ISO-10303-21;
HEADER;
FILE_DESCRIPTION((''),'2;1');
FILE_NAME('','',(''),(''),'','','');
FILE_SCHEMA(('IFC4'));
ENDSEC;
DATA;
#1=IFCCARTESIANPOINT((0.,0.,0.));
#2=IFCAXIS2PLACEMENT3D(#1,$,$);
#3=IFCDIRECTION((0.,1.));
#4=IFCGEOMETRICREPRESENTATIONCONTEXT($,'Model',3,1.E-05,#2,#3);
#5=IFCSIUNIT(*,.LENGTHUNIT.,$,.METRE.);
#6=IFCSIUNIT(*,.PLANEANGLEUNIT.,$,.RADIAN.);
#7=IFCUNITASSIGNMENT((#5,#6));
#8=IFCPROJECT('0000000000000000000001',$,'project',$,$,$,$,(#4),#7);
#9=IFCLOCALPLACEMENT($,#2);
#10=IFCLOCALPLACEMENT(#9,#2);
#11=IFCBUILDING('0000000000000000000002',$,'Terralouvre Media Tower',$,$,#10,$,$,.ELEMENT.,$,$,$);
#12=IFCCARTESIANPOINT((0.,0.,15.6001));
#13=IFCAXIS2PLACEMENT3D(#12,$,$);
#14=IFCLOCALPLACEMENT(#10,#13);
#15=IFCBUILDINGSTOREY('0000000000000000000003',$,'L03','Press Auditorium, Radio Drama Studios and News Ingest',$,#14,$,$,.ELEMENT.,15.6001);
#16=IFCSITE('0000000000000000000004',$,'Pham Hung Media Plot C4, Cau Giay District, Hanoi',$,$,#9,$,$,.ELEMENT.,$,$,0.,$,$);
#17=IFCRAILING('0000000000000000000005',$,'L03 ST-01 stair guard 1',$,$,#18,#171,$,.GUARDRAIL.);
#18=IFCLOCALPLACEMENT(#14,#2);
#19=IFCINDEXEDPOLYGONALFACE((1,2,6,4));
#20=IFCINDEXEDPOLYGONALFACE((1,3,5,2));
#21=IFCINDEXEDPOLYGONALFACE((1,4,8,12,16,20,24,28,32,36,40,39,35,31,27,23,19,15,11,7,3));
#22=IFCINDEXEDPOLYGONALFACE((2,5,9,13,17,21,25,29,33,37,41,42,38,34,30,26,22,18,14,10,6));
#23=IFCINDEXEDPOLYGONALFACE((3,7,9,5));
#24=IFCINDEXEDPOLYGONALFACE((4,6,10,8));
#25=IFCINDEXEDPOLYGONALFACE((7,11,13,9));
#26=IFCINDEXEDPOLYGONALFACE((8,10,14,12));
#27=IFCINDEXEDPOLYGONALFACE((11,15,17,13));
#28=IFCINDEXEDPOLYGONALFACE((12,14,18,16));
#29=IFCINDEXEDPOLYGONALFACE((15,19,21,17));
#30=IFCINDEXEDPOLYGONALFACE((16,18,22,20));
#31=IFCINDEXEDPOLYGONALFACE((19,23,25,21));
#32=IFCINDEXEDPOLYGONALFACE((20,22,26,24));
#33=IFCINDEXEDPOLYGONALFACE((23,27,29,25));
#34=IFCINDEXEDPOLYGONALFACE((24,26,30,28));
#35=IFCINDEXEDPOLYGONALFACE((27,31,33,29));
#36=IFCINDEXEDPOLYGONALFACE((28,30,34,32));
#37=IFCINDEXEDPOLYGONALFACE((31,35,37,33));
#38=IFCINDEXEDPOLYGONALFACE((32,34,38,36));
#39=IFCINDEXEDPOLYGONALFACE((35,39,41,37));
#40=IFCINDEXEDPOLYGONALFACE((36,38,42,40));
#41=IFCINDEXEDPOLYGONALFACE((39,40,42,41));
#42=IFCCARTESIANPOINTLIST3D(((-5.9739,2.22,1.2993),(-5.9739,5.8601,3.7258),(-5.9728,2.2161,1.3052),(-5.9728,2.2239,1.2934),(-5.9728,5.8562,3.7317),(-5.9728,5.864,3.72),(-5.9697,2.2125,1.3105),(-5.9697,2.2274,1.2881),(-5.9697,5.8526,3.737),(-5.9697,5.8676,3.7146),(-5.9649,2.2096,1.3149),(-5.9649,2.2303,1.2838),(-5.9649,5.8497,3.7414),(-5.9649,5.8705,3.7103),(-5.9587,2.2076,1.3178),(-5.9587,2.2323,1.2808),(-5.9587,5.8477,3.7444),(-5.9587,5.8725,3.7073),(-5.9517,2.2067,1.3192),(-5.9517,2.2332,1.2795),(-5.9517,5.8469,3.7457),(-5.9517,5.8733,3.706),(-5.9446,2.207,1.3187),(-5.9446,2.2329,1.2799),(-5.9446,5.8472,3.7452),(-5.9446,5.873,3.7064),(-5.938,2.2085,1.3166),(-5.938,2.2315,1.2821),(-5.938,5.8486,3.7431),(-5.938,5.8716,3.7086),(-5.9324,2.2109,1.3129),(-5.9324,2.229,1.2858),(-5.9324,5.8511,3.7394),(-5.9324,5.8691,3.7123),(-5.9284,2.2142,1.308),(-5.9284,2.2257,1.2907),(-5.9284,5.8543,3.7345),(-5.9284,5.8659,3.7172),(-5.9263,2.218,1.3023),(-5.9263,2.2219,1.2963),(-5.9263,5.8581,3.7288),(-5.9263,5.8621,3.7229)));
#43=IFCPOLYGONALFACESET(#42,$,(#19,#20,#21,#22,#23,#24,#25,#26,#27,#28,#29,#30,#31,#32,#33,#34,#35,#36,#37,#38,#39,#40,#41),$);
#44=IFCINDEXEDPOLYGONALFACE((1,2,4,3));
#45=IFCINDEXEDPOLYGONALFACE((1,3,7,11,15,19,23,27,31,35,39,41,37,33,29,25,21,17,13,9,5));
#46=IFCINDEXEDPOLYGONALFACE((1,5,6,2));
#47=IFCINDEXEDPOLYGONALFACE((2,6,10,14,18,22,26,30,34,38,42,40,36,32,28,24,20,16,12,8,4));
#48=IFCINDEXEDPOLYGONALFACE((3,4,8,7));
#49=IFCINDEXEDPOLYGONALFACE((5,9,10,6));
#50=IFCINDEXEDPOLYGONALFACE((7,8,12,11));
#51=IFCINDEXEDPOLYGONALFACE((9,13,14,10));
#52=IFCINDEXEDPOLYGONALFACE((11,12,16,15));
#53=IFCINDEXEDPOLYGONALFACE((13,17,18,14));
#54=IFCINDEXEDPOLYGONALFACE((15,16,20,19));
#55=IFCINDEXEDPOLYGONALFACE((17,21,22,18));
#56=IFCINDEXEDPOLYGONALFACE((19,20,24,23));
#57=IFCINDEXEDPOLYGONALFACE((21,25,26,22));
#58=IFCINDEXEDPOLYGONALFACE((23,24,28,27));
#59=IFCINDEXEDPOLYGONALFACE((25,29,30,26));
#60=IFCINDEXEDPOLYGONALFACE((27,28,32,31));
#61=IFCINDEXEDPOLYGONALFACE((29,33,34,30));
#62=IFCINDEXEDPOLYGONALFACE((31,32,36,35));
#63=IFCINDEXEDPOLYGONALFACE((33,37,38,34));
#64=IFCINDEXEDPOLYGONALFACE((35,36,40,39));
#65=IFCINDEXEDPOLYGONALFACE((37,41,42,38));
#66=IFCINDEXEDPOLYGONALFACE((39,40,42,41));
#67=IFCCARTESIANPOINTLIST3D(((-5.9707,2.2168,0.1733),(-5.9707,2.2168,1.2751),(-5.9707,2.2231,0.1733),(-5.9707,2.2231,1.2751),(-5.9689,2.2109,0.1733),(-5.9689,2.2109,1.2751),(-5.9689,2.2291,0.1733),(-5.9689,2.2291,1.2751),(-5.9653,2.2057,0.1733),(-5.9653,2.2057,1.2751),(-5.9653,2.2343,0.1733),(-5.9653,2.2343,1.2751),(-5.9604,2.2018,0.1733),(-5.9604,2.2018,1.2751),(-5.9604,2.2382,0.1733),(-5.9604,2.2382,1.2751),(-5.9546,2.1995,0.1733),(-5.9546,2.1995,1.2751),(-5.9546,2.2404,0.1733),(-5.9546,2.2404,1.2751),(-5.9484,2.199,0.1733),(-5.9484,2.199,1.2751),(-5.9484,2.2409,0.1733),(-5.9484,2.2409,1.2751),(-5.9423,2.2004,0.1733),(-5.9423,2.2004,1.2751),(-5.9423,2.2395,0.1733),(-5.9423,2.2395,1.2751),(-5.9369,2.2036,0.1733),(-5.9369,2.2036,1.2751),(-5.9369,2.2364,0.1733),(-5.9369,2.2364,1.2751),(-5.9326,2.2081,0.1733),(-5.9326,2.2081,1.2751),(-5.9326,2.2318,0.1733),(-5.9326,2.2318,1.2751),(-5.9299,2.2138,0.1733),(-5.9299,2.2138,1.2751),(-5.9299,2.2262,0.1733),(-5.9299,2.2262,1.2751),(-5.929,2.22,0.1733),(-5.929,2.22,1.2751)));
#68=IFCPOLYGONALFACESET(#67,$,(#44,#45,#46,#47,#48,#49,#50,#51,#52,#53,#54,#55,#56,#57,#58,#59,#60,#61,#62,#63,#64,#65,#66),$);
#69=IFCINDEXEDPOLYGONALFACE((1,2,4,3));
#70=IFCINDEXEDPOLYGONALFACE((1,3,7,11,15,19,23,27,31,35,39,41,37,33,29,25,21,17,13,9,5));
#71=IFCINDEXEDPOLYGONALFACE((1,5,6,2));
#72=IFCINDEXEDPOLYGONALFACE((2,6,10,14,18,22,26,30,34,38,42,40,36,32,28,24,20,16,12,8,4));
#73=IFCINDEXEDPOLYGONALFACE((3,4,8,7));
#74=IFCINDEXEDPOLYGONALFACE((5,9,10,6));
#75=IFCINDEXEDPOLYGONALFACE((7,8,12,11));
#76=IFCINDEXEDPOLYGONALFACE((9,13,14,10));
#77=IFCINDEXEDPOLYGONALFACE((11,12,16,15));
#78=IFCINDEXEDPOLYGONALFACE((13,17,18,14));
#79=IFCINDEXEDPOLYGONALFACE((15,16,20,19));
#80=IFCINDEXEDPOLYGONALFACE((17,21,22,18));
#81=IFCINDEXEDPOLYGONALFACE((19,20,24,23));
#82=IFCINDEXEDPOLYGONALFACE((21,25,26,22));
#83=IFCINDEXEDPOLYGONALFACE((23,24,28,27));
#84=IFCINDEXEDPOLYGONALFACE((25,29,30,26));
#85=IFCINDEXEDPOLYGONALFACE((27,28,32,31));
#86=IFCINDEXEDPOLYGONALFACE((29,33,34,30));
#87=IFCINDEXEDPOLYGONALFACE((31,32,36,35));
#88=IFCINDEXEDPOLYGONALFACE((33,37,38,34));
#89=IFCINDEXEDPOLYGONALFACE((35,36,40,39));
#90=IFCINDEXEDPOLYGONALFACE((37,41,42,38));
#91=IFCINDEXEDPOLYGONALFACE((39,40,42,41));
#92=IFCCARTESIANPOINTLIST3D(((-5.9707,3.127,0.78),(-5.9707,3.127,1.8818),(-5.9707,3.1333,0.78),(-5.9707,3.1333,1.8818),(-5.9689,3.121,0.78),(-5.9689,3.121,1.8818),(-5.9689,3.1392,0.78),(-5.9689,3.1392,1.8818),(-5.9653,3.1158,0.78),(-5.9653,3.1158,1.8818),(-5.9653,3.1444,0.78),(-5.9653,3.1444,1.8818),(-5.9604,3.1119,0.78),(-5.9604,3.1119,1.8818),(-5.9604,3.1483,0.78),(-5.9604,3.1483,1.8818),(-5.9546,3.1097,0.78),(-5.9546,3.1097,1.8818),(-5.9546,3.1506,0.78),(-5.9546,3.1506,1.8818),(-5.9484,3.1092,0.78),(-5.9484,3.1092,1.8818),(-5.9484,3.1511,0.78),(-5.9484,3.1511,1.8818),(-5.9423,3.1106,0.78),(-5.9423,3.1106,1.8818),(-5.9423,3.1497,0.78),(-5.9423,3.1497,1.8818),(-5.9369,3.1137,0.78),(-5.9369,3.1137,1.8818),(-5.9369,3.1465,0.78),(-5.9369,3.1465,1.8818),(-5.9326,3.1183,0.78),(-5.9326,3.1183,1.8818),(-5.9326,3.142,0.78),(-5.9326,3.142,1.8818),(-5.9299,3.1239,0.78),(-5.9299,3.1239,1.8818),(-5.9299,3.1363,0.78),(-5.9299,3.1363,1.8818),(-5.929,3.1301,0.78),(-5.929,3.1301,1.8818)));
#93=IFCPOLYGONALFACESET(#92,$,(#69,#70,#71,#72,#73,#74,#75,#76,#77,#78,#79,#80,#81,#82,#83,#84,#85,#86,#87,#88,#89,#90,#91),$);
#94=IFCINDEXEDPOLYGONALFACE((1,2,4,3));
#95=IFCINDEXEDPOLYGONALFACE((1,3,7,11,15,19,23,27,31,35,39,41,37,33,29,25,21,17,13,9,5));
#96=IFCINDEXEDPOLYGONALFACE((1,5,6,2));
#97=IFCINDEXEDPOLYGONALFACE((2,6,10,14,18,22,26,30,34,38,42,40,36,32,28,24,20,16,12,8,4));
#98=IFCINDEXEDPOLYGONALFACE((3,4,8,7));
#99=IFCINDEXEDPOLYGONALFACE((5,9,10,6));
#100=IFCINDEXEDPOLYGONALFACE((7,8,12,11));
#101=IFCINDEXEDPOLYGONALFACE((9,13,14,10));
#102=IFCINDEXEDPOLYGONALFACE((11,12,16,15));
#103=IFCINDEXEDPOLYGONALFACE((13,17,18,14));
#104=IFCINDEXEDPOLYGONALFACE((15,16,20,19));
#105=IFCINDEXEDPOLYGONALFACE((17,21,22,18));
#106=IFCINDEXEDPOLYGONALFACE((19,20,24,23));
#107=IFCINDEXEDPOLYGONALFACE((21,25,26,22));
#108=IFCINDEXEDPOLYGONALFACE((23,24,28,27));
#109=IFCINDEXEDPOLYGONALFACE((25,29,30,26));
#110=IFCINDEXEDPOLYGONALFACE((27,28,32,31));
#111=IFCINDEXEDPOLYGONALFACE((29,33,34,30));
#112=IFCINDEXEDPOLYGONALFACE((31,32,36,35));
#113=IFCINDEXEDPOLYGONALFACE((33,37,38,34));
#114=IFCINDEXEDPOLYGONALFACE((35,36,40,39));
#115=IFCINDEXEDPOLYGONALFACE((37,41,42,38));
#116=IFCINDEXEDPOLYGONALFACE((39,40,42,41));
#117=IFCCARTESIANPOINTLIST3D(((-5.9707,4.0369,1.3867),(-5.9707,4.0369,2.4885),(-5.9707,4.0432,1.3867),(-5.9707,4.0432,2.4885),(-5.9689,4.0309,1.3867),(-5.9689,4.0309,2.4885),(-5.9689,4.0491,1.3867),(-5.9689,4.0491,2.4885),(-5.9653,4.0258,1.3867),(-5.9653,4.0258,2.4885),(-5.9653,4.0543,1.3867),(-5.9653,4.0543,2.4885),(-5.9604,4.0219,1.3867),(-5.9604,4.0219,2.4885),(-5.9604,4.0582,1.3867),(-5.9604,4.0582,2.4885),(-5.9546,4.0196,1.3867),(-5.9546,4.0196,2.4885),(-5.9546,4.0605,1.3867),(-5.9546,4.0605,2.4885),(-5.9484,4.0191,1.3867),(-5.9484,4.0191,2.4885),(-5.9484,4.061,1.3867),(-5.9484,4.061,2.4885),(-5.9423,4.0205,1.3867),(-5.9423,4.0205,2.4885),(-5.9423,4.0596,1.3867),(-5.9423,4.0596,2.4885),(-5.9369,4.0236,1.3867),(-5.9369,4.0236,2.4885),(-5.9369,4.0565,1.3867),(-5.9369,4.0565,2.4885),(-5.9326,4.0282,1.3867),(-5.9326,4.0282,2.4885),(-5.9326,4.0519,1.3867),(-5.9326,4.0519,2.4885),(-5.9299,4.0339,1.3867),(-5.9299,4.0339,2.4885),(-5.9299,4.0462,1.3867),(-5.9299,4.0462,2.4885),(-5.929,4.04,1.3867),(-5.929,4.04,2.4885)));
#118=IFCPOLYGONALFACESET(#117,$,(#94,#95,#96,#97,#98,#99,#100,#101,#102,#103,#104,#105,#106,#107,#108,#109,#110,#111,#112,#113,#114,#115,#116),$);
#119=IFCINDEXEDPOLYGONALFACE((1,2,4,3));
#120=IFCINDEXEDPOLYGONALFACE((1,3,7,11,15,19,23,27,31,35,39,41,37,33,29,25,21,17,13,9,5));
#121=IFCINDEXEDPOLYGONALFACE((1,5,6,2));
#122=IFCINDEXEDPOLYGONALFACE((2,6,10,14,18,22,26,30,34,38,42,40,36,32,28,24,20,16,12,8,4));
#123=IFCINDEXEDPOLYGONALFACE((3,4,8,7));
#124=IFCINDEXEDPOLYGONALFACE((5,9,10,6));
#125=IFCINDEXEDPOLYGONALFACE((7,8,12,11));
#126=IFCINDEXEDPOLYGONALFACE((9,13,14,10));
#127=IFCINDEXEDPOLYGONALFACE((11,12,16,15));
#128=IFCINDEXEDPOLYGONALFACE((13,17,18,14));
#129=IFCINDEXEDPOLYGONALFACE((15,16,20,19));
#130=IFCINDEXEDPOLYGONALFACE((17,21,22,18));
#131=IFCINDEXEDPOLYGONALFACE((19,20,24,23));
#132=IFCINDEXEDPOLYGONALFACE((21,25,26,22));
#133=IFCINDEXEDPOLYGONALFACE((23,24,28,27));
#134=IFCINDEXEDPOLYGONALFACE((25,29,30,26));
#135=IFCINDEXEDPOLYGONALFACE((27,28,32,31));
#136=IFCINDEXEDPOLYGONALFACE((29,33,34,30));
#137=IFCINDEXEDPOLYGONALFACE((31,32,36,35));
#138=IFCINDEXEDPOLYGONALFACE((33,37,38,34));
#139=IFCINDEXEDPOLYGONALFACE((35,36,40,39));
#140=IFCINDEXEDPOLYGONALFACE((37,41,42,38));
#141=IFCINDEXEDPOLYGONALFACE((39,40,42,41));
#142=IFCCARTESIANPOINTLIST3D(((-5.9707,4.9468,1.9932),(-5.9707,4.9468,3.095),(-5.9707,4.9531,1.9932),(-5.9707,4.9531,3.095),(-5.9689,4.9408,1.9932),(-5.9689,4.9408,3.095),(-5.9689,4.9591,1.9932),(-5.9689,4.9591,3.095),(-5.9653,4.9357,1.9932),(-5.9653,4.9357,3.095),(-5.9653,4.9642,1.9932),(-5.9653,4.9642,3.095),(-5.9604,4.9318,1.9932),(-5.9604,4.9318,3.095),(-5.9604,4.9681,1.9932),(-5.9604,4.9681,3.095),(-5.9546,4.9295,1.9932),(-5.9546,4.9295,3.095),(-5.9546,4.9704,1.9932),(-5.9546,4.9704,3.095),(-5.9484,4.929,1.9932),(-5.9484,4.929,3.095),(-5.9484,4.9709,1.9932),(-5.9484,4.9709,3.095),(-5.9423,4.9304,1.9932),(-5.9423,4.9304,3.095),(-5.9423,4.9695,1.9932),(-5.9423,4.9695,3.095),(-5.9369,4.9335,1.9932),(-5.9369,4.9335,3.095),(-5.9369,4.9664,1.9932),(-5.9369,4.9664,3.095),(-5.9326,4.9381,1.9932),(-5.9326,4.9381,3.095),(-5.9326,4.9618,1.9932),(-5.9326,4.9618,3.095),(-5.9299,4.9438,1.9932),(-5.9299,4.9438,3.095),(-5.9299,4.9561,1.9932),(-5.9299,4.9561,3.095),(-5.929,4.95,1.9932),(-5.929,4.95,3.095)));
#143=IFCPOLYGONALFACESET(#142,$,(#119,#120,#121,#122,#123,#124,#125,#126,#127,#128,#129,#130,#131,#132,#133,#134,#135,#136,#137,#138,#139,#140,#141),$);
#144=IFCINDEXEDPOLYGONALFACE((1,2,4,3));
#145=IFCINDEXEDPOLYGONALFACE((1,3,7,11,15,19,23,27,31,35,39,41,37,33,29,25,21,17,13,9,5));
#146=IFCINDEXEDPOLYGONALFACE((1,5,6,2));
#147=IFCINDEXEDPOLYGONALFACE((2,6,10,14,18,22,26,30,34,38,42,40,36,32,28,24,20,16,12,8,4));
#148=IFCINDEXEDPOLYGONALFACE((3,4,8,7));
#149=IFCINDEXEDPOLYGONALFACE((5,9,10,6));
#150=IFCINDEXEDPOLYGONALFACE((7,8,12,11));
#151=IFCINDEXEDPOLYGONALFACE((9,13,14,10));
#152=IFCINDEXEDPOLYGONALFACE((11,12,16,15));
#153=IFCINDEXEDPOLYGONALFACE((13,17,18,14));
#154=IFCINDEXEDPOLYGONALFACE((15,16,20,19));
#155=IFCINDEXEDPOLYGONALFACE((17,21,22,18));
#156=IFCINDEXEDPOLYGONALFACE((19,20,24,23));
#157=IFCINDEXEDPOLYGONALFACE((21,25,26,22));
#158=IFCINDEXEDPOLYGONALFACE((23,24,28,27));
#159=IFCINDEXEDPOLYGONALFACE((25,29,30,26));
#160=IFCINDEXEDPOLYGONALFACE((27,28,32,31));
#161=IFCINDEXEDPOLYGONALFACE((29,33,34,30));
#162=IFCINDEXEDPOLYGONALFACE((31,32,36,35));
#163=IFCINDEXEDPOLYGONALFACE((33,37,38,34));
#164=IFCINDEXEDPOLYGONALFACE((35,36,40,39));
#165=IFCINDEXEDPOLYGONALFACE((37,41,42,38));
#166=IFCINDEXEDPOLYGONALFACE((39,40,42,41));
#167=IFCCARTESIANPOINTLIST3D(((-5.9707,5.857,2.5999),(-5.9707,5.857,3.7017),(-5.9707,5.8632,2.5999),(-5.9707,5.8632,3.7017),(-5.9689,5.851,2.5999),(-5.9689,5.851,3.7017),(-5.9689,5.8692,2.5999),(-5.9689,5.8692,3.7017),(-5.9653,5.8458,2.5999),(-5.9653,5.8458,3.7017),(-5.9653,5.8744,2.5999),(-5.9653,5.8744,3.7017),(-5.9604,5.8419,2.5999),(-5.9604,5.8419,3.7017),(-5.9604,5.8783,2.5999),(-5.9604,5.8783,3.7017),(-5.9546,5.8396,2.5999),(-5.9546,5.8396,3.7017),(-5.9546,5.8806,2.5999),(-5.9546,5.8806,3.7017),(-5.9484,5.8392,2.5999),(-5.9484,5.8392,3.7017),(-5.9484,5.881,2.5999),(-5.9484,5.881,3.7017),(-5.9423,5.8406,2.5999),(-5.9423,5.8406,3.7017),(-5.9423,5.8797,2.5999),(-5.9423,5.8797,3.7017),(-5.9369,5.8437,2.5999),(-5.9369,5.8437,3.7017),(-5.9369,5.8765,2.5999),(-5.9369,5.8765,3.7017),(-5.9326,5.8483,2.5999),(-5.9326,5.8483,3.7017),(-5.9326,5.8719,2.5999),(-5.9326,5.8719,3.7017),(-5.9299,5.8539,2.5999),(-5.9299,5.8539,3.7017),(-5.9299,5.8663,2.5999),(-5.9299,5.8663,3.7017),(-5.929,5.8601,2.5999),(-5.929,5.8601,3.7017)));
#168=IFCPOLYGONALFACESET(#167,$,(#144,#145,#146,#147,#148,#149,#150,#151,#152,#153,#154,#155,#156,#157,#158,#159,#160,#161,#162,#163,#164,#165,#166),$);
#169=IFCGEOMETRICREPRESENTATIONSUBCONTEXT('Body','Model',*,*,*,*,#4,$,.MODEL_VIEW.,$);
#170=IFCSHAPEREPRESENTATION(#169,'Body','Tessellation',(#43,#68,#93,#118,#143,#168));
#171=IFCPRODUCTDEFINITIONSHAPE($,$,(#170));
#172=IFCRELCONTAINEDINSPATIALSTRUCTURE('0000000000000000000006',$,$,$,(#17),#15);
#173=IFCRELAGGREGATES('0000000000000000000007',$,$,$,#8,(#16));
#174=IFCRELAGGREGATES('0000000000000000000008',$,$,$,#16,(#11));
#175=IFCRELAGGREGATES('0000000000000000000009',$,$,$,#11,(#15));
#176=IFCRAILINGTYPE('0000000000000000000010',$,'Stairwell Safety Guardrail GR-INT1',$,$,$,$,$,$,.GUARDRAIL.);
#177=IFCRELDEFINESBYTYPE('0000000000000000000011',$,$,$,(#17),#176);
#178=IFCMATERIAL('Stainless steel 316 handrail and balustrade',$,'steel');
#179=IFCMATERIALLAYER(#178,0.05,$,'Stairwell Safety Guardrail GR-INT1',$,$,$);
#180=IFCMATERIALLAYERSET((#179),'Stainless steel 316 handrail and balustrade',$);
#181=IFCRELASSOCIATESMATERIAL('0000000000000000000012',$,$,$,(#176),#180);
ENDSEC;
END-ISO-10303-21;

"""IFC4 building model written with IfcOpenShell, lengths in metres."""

from ifc_helpers import new_model, si_unit, direction, frame, origin, origin_2d, place, context, subcontext, project, spatial, circle, extrude, material, layer, layer_set, type_object, element, save


model = new_model("IFC4")

# Units and contexts
model_context = context("Model", 3, precision=1e-05, world=origin(), true_north=direction((0.0, 1.0)))
body_context = subcontext(model_context, "Body", "Model", "MODEL_VIEW")
ifc_project = project(units=[si_unit("LENGTHUNIT", "METRE"), si_unit("PLANEANGLEUNIT", "RADIAN")], contexts=[model_context])

# Site, building, storey
site_placement = place(None, origin())
site = spatial("IfcSite", under=ifc_project, at=site_placement, Name="Pham Hung Media Plot C4, Cau Giay District, Hanoi", CompositionType="ELEMENT", RefElevation=0.0)
building_placement = place(site_placement, origin())
building = spatial("IfcBuilding", under=site, at=building_placement, Name="Terralouvre Media Tower", CompositionType="ELEMENT")
storey_placement = place(building_placement, frame((0.0, 0.0, 15.6001)))
storey = spatial("IfcBuildingStorey", under=building, at=storey_placement, Name="L03", Description="Press Auditorium, Radio Drama Studios and News Ingest", CompositionType="ELEMENT", Elevation=15.6001)

# Railing
ifc_material_1 = material(Name="Stainless steel 316 handrail and balustrade", Category="steel")
ifc_layer_1 = layer(ifc_material_1, 0.05, Name="Stairwell Safety Guardrail GR-INT1")
ifc_layer_set_1 = layer_set([ifc_layer_1], Name="Stainless steel 316 handrail and balustrade")
railing_type_1 = type_object("IfcRailingType", Name="Stairwell Safety Guardrail GR-INT1", PredefinedType="GUARDRAIL", material=ifc_layer_set_1)
railing_1_placement = place(storey_placement, frame((-5.95, 2.22, 0.1733)))
element("IfcRailing", 1, at=railing_1_placement, inside=storey, type_object=railing_type_1, Name="L03 ST-01 stair guard 1", PredefinedType="GUARDRAIL", context=body_context, shape_type="SweptSolid", body=[
    extrude(circle(Radius=0.0239, at=origin_2d()), frame((0.0, 0.0, 1.126), z_axis=(0.0, 0.832076, 0.554662), x_axis=(-1.0, 0.0, 0.0)), (0.0, 0.0, 1.0), 4.3748),
    extrude(circle(Radius=0.021, at=origin_2d()), origin(), (0.0, 0.0, 1.0), 1.1018),
    extrude(circle(Radius=0.021, at=origin_2d()), frame((0.0, 0.9102, 0.6067)), (0.0, 0.0, 1.0), 1.1018),
    extrude(circle(Radius=0.021, at=origin_2d()), frame((0.0, 1.8201, 1.2134)), (0.0, 0.0, 1.0), 1.1018),
    extrude(circle(Radius=0.021, at=origin_2d()), frame((0.0, 2.73, 1.8198)), (0.0, 0.0, 1.0), 1.1018),
    extrude(circle(Radius=0.021, at=origin_2d()), frame((0.0, 3.6401, 2.4265)), (0.0, 0.0, 1.0), 1.1018),
])

save(model, "model.ifc")
